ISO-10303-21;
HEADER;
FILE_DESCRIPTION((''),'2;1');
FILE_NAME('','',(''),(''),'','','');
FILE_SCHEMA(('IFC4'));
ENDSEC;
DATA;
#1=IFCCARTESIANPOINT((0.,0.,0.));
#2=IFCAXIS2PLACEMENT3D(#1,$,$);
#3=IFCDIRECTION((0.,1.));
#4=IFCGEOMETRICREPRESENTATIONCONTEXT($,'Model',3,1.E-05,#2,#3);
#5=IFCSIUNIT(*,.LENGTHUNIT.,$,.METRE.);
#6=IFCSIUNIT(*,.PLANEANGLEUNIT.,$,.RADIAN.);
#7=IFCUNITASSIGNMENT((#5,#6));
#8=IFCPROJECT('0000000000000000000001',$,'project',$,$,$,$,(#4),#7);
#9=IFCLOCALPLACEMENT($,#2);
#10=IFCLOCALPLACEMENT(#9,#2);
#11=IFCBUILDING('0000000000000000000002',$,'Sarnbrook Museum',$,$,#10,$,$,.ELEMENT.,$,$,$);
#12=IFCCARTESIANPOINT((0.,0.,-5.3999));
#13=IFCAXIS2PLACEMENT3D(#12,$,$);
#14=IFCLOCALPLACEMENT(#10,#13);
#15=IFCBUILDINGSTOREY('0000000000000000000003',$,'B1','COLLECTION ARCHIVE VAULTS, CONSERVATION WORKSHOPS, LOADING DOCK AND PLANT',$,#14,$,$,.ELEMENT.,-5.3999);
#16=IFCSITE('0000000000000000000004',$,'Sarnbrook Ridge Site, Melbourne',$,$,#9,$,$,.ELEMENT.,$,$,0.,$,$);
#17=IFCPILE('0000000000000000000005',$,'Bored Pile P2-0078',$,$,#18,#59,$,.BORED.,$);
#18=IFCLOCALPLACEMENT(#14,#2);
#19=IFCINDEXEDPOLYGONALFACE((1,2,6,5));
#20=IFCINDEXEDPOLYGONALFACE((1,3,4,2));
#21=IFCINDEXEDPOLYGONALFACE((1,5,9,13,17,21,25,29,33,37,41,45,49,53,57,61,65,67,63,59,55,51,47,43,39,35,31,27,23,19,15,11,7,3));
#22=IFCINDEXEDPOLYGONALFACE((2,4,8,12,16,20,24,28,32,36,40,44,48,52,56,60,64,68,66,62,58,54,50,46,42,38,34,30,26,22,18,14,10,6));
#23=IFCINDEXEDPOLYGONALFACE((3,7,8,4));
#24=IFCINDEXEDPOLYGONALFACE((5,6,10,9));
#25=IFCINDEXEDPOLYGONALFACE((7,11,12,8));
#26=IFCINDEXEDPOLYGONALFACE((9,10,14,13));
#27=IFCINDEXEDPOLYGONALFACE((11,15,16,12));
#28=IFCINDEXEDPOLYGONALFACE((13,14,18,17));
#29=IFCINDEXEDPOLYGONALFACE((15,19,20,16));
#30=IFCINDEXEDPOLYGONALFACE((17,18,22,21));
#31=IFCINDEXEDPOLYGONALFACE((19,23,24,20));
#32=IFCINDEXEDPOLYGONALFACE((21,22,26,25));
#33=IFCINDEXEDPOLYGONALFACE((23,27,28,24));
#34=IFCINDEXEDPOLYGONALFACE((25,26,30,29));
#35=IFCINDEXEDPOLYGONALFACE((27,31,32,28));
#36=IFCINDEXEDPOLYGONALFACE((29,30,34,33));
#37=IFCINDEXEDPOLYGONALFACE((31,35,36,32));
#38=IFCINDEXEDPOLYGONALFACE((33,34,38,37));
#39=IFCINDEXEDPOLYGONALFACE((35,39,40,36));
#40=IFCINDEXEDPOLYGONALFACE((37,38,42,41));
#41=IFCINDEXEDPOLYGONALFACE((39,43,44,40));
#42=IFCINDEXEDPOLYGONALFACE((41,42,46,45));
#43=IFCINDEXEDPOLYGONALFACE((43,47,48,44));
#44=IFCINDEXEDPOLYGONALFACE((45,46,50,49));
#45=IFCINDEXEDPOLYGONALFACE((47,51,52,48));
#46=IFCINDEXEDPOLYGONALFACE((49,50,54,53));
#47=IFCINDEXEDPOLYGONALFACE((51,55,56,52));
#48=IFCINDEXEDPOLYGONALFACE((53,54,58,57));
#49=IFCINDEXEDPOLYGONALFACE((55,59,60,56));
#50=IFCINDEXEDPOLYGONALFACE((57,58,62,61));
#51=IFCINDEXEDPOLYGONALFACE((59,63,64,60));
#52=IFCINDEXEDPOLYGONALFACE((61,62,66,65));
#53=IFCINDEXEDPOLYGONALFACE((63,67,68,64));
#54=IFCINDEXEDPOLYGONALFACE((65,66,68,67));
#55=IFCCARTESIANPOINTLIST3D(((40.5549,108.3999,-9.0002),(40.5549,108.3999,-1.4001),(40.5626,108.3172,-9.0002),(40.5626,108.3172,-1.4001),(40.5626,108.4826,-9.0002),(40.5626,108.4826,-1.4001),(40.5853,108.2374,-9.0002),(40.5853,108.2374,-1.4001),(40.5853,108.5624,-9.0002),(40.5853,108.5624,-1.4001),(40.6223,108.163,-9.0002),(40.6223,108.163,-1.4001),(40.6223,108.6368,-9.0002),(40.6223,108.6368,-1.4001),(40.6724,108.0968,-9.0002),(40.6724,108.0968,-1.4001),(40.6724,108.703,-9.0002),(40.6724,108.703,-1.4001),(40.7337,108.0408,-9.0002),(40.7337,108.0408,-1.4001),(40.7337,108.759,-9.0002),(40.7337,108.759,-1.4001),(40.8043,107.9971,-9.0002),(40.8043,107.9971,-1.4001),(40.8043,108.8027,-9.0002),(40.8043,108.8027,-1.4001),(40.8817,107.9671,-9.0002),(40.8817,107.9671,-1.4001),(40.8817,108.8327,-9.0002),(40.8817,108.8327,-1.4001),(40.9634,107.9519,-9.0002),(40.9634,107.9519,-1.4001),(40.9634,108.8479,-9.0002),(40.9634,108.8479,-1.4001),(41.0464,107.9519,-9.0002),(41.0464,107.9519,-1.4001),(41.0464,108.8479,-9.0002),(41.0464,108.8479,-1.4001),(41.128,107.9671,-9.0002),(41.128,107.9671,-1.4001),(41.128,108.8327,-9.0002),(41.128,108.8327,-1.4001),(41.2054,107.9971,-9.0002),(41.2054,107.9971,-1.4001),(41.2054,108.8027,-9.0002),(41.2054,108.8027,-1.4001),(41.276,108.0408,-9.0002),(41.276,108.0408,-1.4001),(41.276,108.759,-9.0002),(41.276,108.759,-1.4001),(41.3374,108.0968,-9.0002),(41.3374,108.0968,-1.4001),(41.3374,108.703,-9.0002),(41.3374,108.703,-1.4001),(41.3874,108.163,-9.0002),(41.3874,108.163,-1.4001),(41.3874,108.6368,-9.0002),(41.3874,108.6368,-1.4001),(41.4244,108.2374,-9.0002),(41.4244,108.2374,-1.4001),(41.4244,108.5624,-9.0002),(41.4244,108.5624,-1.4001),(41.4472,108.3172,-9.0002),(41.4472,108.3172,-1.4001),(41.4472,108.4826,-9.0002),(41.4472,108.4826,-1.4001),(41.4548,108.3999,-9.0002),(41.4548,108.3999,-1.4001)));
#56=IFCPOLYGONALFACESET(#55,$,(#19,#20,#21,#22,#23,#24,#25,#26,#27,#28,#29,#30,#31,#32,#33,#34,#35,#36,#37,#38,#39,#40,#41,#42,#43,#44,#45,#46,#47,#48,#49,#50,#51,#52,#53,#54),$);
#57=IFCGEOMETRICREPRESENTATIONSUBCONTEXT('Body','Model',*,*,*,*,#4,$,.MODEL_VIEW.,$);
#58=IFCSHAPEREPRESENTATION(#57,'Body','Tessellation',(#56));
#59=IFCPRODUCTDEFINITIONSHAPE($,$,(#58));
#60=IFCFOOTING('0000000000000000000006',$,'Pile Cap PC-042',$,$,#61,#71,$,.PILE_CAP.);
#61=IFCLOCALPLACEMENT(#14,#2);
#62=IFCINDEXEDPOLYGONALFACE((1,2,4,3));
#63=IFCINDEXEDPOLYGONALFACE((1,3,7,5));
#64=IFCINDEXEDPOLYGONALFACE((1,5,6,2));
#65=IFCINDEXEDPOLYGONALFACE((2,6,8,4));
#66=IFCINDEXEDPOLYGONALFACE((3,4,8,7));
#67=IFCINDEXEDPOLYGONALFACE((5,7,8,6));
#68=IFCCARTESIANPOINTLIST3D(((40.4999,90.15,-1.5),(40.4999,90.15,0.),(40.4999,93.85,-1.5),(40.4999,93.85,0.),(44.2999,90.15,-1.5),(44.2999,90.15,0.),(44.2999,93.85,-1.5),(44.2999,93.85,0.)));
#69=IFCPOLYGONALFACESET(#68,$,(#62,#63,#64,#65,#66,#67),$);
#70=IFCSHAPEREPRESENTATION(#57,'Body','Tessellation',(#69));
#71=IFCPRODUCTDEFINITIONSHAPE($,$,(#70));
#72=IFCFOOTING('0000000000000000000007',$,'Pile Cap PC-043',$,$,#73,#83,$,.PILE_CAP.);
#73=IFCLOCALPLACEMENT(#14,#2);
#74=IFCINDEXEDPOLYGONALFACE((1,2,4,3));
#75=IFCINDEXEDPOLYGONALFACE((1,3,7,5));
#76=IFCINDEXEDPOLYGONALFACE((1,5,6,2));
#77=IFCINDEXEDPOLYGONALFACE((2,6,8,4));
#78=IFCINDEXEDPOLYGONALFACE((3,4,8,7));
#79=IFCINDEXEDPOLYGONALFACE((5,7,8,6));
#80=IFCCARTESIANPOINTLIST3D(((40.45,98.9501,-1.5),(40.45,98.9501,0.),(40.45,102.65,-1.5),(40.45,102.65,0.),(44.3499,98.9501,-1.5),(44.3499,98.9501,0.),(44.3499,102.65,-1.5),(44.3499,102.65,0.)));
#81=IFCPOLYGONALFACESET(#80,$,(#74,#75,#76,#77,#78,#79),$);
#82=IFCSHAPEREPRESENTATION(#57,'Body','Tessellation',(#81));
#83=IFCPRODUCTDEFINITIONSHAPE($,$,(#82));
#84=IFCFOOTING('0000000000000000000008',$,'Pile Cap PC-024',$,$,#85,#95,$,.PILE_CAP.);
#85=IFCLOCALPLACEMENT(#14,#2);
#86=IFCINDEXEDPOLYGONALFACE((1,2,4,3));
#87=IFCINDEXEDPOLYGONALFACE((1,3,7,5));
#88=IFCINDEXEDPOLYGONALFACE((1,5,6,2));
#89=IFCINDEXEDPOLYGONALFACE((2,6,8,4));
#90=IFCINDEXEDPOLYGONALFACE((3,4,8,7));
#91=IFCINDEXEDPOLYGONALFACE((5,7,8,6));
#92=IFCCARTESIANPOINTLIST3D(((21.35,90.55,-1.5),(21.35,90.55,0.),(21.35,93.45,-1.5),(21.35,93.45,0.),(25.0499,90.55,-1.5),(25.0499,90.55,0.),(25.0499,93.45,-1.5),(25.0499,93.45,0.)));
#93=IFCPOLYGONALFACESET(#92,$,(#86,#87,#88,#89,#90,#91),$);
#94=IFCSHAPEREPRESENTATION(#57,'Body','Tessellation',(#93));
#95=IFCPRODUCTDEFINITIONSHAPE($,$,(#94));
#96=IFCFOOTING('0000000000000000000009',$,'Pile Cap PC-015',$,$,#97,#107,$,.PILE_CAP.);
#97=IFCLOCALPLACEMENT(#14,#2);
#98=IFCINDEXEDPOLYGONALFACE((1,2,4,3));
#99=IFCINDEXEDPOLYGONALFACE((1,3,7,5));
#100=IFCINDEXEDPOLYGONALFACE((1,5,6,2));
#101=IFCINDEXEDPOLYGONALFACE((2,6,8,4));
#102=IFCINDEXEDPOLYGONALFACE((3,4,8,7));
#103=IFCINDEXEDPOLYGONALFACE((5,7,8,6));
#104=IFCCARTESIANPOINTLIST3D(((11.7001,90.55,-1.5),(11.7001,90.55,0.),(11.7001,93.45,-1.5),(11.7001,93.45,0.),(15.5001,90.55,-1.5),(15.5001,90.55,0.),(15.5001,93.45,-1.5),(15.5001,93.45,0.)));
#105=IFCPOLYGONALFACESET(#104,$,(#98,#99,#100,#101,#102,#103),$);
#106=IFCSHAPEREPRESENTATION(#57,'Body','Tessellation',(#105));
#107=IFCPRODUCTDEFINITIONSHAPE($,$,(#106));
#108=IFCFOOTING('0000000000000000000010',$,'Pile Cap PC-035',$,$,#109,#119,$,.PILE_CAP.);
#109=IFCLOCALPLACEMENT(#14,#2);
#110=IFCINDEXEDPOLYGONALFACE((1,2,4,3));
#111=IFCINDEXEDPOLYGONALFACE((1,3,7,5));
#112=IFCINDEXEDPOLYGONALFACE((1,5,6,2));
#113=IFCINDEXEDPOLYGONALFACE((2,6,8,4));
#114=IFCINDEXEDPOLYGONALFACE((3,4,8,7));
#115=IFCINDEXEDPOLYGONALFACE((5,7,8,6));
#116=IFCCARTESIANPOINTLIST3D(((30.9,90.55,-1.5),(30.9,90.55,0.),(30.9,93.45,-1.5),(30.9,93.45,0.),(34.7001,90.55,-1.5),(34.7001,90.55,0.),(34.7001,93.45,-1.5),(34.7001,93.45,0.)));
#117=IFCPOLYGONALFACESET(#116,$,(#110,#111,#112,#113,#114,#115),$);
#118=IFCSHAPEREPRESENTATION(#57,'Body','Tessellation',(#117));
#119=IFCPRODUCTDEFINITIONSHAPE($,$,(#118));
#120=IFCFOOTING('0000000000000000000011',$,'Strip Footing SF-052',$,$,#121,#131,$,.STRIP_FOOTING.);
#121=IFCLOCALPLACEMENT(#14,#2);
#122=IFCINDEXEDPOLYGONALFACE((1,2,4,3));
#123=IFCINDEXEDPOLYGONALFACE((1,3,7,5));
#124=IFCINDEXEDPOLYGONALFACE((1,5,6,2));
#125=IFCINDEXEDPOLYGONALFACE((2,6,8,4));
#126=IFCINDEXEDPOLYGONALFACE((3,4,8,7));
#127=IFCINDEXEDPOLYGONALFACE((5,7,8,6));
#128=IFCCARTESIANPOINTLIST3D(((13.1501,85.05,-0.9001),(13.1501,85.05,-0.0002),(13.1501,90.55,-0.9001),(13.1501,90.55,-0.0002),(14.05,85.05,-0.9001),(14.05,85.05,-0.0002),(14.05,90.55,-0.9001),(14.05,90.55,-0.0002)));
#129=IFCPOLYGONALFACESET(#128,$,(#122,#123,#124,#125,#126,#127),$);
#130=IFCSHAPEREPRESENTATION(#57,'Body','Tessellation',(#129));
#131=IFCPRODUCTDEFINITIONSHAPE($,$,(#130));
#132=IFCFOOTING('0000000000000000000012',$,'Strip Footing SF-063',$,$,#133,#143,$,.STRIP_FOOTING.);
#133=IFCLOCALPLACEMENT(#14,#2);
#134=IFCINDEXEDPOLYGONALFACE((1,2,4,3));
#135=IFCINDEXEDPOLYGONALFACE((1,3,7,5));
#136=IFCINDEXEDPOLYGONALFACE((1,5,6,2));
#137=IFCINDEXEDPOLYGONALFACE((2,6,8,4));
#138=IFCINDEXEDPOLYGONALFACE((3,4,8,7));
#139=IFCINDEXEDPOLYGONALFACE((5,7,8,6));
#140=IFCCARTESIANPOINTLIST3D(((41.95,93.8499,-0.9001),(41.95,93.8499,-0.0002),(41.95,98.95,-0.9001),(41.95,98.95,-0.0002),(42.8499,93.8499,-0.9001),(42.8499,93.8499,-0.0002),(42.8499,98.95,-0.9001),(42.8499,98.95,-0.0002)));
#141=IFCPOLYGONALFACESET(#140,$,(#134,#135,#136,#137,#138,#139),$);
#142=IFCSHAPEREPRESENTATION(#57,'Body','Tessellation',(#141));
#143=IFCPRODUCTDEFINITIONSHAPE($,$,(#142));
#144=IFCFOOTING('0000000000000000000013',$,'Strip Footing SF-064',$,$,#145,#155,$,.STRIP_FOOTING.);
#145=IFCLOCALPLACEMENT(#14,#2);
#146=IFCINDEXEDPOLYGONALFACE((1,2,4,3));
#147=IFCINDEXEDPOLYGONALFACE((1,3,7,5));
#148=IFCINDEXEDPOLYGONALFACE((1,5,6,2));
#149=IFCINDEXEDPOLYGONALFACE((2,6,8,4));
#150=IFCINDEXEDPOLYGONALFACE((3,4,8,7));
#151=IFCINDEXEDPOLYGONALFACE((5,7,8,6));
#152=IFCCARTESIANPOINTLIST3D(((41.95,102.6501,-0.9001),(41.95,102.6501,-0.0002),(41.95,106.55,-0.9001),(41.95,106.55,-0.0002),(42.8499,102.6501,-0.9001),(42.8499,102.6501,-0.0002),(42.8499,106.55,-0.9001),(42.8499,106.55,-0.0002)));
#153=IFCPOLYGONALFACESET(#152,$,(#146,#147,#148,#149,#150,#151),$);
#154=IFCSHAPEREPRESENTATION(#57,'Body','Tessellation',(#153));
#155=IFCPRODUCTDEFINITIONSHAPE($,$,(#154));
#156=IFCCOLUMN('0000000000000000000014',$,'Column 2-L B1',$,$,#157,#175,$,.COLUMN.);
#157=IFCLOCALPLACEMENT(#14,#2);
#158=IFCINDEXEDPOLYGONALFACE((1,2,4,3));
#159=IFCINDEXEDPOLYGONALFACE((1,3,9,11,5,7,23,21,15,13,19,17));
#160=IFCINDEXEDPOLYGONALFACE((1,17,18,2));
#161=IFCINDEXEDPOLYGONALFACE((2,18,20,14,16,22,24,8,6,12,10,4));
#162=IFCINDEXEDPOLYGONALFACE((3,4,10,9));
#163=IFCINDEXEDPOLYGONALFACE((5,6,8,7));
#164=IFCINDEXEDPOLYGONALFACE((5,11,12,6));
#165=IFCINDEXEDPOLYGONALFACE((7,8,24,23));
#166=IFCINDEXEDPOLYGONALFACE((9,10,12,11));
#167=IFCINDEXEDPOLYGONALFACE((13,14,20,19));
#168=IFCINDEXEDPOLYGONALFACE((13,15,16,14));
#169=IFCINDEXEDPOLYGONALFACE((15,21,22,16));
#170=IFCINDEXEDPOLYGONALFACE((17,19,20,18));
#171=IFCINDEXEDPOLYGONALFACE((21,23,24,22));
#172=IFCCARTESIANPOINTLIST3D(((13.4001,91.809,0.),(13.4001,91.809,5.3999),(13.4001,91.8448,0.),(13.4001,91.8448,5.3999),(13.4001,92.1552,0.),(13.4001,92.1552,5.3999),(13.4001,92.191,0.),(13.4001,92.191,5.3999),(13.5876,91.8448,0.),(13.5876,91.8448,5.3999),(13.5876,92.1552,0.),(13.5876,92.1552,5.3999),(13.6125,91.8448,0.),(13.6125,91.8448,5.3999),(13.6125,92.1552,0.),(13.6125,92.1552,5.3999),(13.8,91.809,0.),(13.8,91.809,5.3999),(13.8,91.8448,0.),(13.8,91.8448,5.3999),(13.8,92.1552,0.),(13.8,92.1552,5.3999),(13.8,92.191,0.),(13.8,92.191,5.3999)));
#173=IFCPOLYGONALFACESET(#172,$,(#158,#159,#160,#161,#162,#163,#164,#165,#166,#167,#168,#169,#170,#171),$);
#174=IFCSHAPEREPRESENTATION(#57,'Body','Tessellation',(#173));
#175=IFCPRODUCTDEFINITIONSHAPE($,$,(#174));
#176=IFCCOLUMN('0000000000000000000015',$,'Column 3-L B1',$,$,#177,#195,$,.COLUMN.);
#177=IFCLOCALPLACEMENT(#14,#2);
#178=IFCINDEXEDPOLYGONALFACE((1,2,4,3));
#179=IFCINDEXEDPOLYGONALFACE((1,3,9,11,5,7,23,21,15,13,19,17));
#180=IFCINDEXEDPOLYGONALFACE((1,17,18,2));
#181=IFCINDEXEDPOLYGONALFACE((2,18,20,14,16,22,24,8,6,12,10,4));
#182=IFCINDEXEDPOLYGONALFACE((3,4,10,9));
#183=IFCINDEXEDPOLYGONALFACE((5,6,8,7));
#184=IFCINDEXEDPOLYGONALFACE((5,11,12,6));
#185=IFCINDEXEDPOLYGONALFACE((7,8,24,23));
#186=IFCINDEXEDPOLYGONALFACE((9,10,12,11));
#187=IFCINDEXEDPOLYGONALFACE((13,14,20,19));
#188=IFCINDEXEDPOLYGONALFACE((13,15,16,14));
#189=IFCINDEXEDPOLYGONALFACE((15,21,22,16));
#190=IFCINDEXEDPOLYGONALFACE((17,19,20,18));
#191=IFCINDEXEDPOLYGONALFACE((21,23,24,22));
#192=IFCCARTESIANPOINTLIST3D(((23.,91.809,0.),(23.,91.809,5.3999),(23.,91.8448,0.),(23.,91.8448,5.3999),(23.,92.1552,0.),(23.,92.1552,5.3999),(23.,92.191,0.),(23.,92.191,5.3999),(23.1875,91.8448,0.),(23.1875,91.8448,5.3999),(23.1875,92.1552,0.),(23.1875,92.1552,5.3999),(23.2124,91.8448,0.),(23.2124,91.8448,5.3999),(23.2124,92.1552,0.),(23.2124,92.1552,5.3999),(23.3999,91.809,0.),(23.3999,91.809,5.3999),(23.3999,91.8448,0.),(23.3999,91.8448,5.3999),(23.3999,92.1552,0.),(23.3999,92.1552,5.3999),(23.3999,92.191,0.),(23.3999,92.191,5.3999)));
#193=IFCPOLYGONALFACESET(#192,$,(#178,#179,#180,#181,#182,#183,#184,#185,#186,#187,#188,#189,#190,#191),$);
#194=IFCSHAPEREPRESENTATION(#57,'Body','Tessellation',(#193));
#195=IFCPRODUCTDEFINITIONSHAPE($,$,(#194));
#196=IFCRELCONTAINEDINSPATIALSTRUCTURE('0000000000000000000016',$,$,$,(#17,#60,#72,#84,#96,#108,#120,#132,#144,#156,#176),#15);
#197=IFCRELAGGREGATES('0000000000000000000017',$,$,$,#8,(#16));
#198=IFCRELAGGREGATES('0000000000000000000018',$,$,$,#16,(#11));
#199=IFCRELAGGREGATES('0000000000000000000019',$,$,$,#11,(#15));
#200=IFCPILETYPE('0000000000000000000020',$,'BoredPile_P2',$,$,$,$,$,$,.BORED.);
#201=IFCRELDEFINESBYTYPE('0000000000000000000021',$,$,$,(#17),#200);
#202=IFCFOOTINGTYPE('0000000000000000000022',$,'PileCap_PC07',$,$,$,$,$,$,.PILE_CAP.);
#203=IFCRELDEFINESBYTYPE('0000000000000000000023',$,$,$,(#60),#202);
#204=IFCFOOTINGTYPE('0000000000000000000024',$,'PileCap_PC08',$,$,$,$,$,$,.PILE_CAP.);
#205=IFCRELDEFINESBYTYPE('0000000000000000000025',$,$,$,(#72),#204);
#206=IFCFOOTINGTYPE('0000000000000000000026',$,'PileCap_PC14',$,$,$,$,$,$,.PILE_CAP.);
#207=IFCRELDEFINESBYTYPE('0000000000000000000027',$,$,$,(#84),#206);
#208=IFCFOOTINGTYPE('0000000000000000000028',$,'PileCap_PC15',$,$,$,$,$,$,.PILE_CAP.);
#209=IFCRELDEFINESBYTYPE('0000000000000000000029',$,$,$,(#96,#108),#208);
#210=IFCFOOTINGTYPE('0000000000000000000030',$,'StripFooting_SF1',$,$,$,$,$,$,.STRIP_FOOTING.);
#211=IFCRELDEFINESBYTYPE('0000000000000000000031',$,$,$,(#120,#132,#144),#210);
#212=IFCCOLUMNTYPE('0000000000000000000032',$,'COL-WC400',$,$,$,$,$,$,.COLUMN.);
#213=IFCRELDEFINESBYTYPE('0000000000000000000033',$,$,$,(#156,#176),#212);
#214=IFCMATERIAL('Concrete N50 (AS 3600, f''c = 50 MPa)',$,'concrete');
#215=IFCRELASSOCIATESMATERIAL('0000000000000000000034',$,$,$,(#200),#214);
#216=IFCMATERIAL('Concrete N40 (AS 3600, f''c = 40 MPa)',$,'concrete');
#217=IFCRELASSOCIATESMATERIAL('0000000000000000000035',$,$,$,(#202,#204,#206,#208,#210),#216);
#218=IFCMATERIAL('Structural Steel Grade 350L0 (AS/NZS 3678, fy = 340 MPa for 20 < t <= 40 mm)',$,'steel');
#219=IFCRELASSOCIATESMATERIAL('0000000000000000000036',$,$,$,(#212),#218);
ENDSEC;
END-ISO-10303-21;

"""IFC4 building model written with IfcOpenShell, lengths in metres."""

from ifc_helpers import new_model, si_unit, direction, frame, origin, origin_2d, place, context, subcontext, project, spatial, rectangle, circle, i_section, extrude, material, material_profile, profile_set, type_object, element, save


model = new_model("IFC4")

# Units and contexts
model_context = context("Model", 3, precision=1e-05, world=origin(), true_north=direction((0.0, 1.0)))
body_context = subcontext(model_context, "Body", "Model", "MODEL_VIEW")
ifc_project = project(units=[si_unit("LENGTHUNIT", "METRE"), si_unit("PLANEANGLEUNIT", "RADIAN")], contexts=[model_context])

# Site, building, storey
site_placement = place(None, origin())
site = spatial("IfcSite", under=ifc_project, at=site_placement, Name="Sarnbrook Ridge Site, Melbourne", CompositionType="ELEMENT", RefElevation=0.0)
building_placement = place(site_placement, origin())
building = spatial("IfcBuilding", under=site, at=building_placement, Name="Sarnbrook Museum", CompositionType="ELEMENT")
storey_placement = place(building_placement, frame((0.0, 0.0, -5.3999)))
storey = spatial("IfcBuildingStorey", under=building, at=storey_placement, Name="B1", Description="COLLECTION ARCHIVE VAULTS, CONSERVATION WORKSHOPS, LOADING DOCK AND PLANT", CompositionType="ELEMENT", Elevation=-5.3999)

# Pile
ifc_material_1 = material(Name="Concrete N50 (AS 3600, f'c = 50 MPa)", Category="concrete")
ifc_material_profile_1 = material_profile(ifc_material_1, circle(Radius=0.45, at=origin_2d()), Name="BORED PILE D900")
ifc_profile_set_1 = profile_set([ifc_material_profile_1], Name="Concrete N50 (AS 3600, f'c = 50 MPa)")
pile_type_1 = type_object("IfcPileType", Name="BoredPile_P2", PredefinedType="BORED", material=ifc_profile_set_1)
for number, where, z_axis, x_axis, name in (
    (1, (41.0049, 108.3999, -1.4001), (0.0, 0.0, -1.0), (1.0, 0.0, 0.0), "Bored Pile P2-0078"),
):
    element("IfcPile", number, at=place(storey_placement, frame(where, z_axis=z_axis, x_axis=x_axis)), inside=storey, type_object=pile_type_1, Name=name, PredefinedType="BORED", context=body_context, shape_type="SweptSolid", body=[
        extrude(circle(Radius=0.45, at=origin_2d()), origin(), (0.0, 0.0, 1.0), 7.6001),
    ])

# Footings
ifc_material_2 = material(Name="Concrete N40 (AS 3600, f'c = 40 MPa)", Category="concrete")
footing_type_1 = type_object("IfcFootingType", Name="PileCap_PC07", PredefinedType="PILE_CAP", material=ifc_material_2)
footing_1_placement = place(storey_placement, frame((42.3999, 92.0, -1.5), z_axis=(0.0, 0.0, 1.0), x_axis=(1.0, 0.0, 0.0)))
element("IfcFooting", 2, at=footing_1_placement, inside=storey, type_object=footing_type_1, Name="Pile Cap PC-042", PredefinedType="PILE_CAP", context=body_context, shape_type="SweptSolid", body=[
    extrude(rectangle(XDim=3.8, YDim=3.7, at=origin_2d()), origin(), (0.0, 0.0, 1.0), 1.5),
])
footing_type_2 = type_object("IfcFootingType", Name="PileCap_PC08", PredefinedType="PILE_CAP", material=ifc_material_2)
footing_2_placement = place(storey_placement, frame((42.3999, 100.8, -1.5), z_axis=(0.0, 0.0, 1.0), x_axis=(1.0, 0.0, 0.0)))
element("IfcFooting", 3, at=footing_2_placement, inside=storey, type_object=footing_type_2, Name="Pile Cap PC-043", PredefinedType="PILE_CAP", context=body_context, shape_type="SweptSolid", body=[
    extrude(rectangle(XDim=3.8999, YDim=3.7, at=origin_2d()), origin(), (0.0, 0.0, 1.0), 1.5),
])
footing_type_3 = type_object("IfcFootingType", Name="PileCap_PC14", PredefinedType="PILE_CAP", material=ifc_material_2)
footing_3_placement = place(storey_placement, frame((23.2, 92.0, -1.5), z_axis=(0.0, 0.0, 1.0), x_axis=(1.0, 0.0, 0.0)))
element("IfcFooting", 4, at=footing_3_placement, inside=storey, type_object=footing_type_3, Name="Pile Cap PC-024", PredefinedType="PILE_CAP", context=body_context, shape_type="SweptSolid", body=[
    extrude(rectangle(XDim=3.7, YDim=2.8999, at=origin_2d()), origin(), (0.0, 0.0, 1.0), 1.5),
])
footing_type_4 = type_object("IfcFootingType", Name="PileCap_PC15", PredefinedType="PILE_CAP", material=ifc_material_2)
for number, where, z_axis, x_axis, name in (
    (5, (13.6001, 92.0, -1.5), (0.0, 0.0, 1.0), (1.0, 0.0, 0.0), "Pile Cap PC-015"),
    (6, (32.8, 92.0, -1.5), (0.0, 0.0, 1.0), (1.0, 0.0, 0.0), "Pile Cap PC-035"),
):
    element("IfcFooting", number, at=place(storey_placement, frame(where, z_axis=z_axis, x_axis=x_axis)), inside=storey, type_object=footing_type_4, Name=name, PredefinedType="PILE_CAP", context=body_context, shape_type="SweptSolid", body=[
        extrude(rectangle(XDim=3.8, YDim=2.8999, at=origin_2d()), origin(), (0.0, 0.0, 1.0), 1.5),
    ])
footing_type_5 = type_object("IfcFootingType", Name="StripFooting_SF1", PredefinedType="STRIP_FOOTING", material=ifc_material_2)
footing_4_placement = place(storey_placement, frame((13.6001, 87.8, -0.9001), z_axis=(0.0, 0.0, 1.0), x_axis=(1.0, 0.0, 0.0)))
element("IfcFooting", 7, at=footing_4_placement, inside=storey, type_object=footing_type_5, Name="Strip Footing SF-052", PredefinedType="STRIP_FOOTING", context=body_context, shape_type="SweptSolid", body=[
    extrude(rectangle(XDim=0.8999, YDim=5.5, at=origin_2d()), origin(), (0.0, 0.0, 1.0), 0.8999),
])
footing_5_placement = place(storey_placement, frame((42.3999, 96.3999, -0.9001), z_axis=(0.0, 0.0, 1.0), x_axis=(1.0, 0.0, 0.0)))
element("IfcFooting", 8, at=footing_5_placement, inside=storey, type_object=footing_type_5, Name="Strip Footing SF-063", PredefinedType="STRIP_FOOTING", context=body_context, shape_type="SweptSolid", body=[
    extrude(rectangle(XDim=0.8999, YDim=5.1001, at=origin_2d()), origin(), (0.0, 0.0, 1.0), 0.8999),
])
footing_6_placement = place(storey_placement, frame((42.3999, 104.6001, -0.9001), z_axis=(0.0, 0.0, 1.0), x_axis=(1.0, 0.0, 0.0)))
element("IfcFooting", 9, at=footing_6_placement, inside=storey, type_object=footing_type_5, Name="Strip Footing SF-064", PredefinedType="STRIP_FOOTING", context=body_context, shape_type="SweptSolid", body=[
    extrude(rectangle(XDim=0.8999, YDim=3.8999, at=origin_2d()), origin(), (0.0, 0.0, 1.0), 0.8999),
])

# Columns
ifc_material_3 = material(Name="Structural Steel Grade 350L0 (AS/NZS 3678, fy = 340 MPa for 20 < t <= 40 mm)", Category="steel")
ifc_material_profile_2 = material_profile(ifc_material_3, i_section(OverallWidth=0.3999, OverallDepth=0.3821, WebThickness=0.0249, FlangeThickness=0.0359, at=origin_2d()), Name="400WC270")
ifc_profile_set_2 = profile_set([ifc_material_profile_2], Name="Structural Steel Grade 350L0 (AS/NZS 3678, fy = 340 MPa for 20 < t <= 40 mm)")
column_type_1 = type_object("IfcColumnType", Name="COL-WC400", PredefinedType="COLUMN", material=ifc_profile_set_2)
for number, where, z_axis, x_axis, name in (
    (10, (13.6001, 92.0, 0.0), (0.0, 0.0, 1.0), (1.0, 0.0, 0.0), "Column 2-L B1"),
    (11, (23.2, 92.0, 0.0), (0.0, 0.0, 1.0), (1.0, 0.0, 0.0), "Column 3-L B1"),
):
    element("IfcColumn", number, at=place(storey_placement, frame(where, z_axis=z_axis, x_axis=x_axis)), inside=storey, type_object=column_type_1, Name=name, PredefinedType="COLUMN", context=body_context, shape_type="SweptSolid", body=[
        extrude(i_section(OverallWidth=0.3999, OverallDepth=0.3821, WebThickness=0.0249, FlangeThickness=0.0359, at=origin_2d()), origin(), (0.0, 0.0, 1.0), 5.3999),
    ])

save(model, "model.ifc")
